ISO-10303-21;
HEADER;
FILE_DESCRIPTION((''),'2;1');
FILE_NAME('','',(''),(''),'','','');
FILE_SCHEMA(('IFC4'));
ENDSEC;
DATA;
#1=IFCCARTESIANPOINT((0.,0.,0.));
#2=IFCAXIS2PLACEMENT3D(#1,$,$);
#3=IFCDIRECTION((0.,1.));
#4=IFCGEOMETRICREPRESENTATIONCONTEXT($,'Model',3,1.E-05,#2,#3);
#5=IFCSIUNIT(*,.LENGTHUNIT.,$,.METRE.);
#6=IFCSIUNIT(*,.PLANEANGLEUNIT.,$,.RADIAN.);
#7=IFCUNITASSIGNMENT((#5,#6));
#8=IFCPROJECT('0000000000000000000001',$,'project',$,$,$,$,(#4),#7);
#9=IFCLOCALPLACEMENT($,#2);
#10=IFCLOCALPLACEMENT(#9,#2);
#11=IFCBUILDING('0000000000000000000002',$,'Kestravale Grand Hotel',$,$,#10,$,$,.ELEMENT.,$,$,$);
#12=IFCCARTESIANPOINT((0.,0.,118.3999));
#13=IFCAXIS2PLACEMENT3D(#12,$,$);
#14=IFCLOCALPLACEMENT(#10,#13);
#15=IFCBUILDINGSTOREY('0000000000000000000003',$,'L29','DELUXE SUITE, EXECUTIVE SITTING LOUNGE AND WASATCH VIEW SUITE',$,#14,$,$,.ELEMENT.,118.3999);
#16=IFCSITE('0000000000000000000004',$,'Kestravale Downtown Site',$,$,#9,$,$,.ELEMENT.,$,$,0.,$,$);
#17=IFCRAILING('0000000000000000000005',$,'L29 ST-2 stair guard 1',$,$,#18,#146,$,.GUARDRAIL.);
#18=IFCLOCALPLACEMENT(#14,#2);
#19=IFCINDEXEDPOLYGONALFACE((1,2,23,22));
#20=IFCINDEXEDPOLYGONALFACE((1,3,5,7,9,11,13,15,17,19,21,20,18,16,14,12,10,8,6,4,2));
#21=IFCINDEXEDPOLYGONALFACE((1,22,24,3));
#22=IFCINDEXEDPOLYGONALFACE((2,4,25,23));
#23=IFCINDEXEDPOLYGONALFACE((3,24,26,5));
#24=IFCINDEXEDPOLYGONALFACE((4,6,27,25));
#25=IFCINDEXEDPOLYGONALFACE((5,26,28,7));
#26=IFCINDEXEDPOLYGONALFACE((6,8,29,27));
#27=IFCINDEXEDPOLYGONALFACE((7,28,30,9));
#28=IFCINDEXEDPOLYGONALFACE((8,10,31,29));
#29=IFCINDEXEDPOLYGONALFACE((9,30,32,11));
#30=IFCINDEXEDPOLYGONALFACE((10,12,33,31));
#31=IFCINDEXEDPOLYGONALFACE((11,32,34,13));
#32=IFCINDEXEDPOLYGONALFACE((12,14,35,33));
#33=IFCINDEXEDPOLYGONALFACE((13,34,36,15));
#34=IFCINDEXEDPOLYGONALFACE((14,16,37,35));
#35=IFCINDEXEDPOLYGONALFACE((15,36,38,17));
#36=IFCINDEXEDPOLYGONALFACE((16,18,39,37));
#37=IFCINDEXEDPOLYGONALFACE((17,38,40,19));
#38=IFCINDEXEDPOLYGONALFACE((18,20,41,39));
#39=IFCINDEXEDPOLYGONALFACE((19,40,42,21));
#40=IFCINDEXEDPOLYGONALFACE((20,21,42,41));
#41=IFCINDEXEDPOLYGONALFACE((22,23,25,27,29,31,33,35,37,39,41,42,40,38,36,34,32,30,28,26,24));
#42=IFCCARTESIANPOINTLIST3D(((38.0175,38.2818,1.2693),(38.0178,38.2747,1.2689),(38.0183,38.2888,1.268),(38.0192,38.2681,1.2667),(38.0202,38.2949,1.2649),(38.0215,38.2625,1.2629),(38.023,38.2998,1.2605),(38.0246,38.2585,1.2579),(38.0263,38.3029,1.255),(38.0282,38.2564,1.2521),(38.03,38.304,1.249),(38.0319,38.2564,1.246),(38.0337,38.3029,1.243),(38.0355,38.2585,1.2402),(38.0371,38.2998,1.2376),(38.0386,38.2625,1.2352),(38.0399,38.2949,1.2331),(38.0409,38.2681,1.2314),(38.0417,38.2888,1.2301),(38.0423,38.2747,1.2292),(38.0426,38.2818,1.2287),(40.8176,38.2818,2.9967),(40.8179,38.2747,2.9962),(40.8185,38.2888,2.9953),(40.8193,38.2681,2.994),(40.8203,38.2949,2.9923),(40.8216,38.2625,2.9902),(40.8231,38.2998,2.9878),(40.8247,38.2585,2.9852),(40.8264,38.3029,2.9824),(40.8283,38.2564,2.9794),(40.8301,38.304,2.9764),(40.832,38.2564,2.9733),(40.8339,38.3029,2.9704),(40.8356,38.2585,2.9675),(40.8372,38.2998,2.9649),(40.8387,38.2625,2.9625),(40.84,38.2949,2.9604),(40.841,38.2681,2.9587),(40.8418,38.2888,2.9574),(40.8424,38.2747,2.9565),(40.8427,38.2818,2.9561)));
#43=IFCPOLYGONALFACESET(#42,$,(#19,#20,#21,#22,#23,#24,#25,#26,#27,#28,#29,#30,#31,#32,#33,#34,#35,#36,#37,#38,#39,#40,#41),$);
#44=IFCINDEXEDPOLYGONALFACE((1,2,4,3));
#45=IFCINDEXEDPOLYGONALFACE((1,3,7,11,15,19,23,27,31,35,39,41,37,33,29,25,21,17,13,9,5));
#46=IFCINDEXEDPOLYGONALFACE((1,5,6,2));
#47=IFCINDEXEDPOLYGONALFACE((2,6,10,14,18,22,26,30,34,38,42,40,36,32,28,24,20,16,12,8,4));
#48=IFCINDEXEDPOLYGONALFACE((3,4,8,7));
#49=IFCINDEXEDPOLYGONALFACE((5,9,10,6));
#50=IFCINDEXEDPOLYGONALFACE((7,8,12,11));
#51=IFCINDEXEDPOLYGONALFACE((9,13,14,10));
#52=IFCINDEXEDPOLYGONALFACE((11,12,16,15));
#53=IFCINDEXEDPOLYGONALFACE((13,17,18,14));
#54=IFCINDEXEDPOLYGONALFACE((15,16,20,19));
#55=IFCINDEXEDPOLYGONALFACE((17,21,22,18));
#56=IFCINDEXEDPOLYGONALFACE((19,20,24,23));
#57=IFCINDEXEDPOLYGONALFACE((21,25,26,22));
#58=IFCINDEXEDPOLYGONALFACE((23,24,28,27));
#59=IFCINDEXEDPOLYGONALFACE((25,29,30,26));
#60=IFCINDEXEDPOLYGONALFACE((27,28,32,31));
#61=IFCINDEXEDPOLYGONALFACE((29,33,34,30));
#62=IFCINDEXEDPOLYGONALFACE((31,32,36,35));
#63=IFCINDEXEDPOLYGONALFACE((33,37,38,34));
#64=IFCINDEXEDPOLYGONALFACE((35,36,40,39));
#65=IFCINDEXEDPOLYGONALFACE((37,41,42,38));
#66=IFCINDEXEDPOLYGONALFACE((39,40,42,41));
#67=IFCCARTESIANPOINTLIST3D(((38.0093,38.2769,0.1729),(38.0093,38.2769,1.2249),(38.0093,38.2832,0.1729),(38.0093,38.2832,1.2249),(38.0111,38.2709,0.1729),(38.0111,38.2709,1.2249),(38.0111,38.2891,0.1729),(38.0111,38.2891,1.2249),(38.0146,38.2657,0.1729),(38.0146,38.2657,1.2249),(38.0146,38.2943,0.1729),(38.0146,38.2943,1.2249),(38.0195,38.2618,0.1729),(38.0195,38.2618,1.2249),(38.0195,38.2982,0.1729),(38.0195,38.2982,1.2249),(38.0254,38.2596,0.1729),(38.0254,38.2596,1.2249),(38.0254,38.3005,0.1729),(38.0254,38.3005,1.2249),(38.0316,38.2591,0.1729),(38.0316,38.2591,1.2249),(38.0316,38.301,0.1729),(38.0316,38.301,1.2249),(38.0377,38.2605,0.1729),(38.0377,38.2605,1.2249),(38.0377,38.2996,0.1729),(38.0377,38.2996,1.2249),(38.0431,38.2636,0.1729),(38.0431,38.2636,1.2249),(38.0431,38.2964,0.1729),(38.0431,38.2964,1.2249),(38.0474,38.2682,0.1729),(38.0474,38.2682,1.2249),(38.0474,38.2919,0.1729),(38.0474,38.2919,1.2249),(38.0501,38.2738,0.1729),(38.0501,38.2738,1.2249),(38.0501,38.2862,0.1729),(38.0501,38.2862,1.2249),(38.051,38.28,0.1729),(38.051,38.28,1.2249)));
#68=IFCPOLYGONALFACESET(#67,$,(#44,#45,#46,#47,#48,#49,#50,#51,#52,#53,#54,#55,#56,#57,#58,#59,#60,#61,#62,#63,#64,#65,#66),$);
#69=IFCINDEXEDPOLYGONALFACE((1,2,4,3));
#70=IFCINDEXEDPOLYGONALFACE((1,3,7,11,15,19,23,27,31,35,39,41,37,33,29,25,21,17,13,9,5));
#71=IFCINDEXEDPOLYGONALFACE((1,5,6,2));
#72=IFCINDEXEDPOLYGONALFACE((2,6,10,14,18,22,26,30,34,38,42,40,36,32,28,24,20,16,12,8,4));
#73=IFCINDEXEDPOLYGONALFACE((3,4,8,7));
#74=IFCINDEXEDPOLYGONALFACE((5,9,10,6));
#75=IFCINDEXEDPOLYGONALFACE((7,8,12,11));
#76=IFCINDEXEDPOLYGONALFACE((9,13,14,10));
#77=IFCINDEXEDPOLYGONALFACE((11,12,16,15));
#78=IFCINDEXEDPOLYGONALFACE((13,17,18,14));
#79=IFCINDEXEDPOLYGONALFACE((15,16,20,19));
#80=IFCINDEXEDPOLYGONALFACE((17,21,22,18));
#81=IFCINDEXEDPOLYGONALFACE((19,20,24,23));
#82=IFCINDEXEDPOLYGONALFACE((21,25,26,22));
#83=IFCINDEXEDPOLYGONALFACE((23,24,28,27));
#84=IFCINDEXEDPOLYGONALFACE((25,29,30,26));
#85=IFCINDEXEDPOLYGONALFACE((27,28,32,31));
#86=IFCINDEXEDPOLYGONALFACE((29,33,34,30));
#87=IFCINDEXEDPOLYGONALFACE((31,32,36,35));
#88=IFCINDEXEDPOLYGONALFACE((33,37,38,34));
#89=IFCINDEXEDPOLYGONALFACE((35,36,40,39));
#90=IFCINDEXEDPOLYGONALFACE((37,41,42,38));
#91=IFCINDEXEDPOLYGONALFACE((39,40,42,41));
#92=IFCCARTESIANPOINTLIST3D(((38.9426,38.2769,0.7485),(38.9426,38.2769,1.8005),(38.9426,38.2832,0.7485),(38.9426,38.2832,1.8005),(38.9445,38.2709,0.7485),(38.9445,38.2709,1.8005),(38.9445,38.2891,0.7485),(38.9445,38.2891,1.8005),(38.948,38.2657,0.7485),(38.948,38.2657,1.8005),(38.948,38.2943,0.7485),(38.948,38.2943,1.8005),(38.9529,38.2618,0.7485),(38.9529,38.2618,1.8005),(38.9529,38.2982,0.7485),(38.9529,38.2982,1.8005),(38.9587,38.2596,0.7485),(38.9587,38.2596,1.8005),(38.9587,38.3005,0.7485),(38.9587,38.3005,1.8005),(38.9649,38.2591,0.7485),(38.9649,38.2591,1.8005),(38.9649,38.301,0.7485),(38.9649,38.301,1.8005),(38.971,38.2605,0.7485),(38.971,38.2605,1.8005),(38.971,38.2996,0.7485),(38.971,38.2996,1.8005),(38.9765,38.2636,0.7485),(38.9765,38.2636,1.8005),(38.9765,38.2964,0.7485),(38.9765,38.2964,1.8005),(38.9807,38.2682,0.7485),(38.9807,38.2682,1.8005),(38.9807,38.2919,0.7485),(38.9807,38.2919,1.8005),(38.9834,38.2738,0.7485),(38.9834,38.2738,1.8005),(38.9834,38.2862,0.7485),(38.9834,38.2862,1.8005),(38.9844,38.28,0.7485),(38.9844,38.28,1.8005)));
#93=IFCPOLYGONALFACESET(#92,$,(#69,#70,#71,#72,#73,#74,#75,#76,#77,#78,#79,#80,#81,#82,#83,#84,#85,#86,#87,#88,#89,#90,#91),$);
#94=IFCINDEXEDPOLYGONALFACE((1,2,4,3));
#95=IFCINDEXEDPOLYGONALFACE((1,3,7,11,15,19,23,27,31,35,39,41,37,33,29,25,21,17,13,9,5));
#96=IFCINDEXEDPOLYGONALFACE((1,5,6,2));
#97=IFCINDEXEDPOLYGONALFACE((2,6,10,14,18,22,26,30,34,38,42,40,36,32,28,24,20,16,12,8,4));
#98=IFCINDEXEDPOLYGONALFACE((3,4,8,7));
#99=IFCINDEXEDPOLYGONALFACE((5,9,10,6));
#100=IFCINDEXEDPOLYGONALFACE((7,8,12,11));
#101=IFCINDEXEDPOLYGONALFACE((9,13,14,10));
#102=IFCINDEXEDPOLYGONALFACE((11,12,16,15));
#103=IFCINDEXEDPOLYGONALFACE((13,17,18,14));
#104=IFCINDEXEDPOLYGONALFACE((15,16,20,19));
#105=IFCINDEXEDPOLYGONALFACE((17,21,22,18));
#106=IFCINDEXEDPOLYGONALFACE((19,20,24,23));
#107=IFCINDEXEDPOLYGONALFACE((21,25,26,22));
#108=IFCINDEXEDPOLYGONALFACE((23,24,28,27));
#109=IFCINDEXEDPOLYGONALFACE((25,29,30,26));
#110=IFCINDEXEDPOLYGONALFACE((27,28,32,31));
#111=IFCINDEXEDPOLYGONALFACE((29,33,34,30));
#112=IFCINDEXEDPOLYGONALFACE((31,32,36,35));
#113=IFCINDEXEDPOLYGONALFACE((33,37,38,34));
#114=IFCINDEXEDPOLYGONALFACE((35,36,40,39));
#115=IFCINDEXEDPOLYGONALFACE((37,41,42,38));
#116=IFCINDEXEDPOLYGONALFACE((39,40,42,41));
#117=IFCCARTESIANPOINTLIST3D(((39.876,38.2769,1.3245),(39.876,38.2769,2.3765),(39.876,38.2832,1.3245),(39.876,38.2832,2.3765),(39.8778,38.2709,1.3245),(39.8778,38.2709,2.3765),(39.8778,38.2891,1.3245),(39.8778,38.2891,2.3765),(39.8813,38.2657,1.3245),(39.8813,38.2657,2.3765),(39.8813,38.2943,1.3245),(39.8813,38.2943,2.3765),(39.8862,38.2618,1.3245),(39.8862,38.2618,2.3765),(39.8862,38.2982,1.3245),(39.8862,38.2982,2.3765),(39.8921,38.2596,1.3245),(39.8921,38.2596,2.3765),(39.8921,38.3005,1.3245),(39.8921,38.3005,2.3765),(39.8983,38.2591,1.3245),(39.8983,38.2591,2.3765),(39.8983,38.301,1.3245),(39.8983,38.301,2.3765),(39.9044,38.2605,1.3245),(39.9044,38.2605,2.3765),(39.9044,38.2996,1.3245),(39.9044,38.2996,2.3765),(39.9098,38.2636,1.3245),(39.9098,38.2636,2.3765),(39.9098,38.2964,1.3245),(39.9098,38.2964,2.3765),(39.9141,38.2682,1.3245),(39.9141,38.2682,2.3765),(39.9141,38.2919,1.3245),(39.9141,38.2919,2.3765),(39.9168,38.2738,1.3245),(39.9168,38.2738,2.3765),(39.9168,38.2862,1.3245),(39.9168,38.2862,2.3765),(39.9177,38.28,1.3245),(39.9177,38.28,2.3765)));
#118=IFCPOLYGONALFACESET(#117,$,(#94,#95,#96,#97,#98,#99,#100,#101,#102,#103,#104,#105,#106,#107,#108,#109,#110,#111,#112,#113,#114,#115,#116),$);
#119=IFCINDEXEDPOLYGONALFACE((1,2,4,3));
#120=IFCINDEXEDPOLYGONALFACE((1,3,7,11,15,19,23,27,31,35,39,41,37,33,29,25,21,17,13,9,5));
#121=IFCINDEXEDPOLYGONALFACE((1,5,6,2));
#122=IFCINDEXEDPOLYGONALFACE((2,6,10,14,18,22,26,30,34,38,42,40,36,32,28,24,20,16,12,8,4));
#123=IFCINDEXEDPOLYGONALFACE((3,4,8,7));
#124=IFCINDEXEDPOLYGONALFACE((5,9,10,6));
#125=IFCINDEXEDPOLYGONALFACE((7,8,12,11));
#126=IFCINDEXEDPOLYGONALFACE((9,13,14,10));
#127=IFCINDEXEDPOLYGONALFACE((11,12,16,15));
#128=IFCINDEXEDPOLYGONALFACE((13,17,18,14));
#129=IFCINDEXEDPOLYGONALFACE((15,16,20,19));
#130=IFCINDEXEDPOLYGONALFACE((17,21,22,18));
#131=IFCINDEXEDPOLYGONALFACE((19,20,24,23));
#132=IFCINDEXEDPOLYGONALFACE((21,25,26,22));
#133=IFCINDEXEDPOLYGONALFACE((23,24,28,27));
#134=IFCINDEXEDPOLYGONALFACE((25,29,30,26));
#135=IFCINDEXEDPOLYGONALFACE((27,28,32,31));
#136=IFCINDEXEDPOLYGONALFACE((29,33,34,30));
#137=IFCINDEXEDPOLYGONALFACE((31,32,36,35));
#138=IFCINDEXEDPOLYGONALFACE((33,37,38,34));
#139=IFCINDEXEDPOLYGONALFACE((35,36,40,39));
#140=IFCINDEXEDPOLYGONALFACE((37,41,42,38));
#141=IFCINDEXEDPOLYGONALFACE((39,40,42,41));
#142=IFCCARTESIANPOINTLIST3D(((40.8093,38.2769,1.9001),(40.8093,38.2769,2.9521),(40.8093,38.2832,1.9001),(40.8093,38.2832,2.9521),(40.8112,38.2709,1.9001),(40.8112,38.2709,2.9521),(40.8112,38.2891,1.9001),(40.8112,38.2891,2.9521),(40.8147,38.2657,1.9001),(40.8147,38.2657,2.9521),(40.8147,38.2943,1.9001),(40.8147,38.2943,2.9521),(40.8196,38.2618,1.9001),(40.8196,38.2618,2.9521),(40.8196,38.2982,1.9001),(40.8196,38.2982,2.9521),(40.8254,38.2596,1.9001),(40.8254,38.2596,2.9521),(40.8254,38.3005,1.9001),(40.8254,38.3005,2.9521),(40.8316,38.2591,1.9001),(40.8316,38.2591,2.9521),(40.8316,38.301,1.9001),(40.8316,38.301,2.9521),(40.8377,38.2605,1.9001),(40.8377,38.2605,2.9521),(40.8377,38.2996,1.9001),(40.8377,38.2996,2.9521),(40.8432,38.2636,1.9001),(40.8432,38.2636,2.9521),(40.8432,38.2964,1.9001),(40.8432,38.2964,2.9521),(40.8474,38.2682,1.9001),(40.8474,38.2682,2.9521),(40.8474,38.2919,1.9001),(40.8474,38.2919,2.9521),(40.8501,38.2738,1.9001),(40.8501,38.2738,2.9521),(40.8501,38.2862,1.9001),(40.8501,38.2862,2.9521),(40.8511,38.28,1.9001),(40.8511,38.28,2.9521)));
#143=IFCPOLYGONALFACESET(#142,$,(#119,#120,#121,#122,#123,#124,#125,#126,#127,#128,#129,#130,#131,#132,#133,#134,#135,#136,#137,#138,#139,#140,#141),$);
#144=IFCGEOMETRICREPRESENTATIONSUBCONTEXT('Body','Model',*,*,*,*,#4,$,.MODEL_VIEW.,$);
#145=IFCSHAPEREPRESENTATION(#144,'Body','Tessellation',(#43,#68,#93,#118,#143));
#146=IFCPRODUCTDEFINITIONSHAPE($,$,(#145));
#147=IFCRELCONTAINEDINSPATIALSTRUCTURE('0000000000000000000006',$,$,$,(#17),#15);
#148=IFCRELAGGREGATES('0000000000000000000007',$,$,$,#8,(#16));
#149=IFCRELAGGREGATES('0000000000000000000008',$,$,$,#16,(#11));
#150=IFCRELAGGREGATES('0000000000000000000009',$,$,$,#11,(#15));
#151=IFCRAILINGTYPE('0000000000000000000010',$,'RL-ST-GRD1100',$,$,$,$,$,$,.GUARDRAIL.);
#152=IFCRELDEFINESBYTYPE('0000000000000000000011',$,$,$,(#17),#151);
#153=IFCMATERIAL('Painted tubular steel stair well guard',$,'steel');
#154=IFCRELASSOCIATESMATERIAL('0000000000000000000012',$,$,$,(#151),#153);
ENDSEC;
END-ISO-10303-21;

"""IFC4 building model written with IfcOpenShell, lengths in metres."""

from ifc_helpers import new_model, si_unit, direction, frame, origin, origin_2d, place, context, subcontext, project, spatial, circle, extrude, material, type_object, element, save


model = new_model("IFC4")

# Units and contexts
model_context = context("Model", 3, precision=1e-05, world=origin(), true_north=direction((0.0, 1.0)))
body_context = subcontext(model_context, "Body", "Model", "MODEL_VIEW")
ifc_project = project(units=[si_unit("LENGTHUNIT", "METRE"), si_unit("PLANEANGLEUNIT", "RADIAN")], contexts=[model_context])

# Site, building, storey
site_placement = place(None, origin())
site = spatial("IfcSite", under=ifc_project, at=site_placement, Name="Kestravale Downtown Site", CompositionType="ELEMENT", RefElevation=0.0)
building_placement = place(site_placement, origin())
building = spatial("IfcBuilding", under=site, at=building_placement, Name="Kestravale Grand Hotel", CompositionType="ELEMENT")
storey_placement = place(building_placement, frame((0.0, 0.0, 118.3999)))
storey = spatial("IfcBuildingStorey", under=building, at=storey_placement, Name="L29", Description="DELUXE SUITE, EXECUTIVE SITTING LOUNGE AND WASATCH VIEW SUITE", CompositionType="ELEMENT", Elevation=118.3999)

# Railing
ifc_material_1 = material(Name="Painted tubular steel stair well guard", Category="steel")
railing_type_1 = type_object("IfcRailingType", Name="RL-ST-GRD1100", PredefinedType="GUARDRAIL", material=ifc_material_1)
railing_1_placement = place(storey_placement, frame((38.03, 38.28, 0.1729)))
element("IfcRailing", 1, at=railing_1_placement, inside=storey, type_object=railing_type_1, Name="L29 ST-2 stair guard 1", PredefinedType="GUARDRAIL", context=body_context, shape_type="SweptSolid", body=[
    extrude(circle(Radius=0.0239, at=origin_2d()), frame((0.0, 0.0, 1.0762), z_axis=(0.85109, 0.0, 0.52502), x_axis=(0.0, 1.0, 0.0)), (0.0, 0.0, 1.0), 3.29),
    extrude(circle(Radius=0.021, at=origin_2d()), origin(), (0.0, 0.0, 1.0), 1.052),
    extrude(circle(Radius=0.021, at=origin_2d()), frame((0.9333, 0.0, 0.5757)), (0.0, 0.0, 1.0), 1.052),
    extrude(circle(Radius=0.021, at=origin_2d()), frame((1.8667, 0.0, 1.1516)), (0.0, 0.0, 1.0), 1.052),
    extrude(circle(Radius=0.021, at=origin_2d()), frame((2.8, 0.0, 1.7273)), (0.0, 0.0, 1.0), 1.052),
])

save(model, "model.ifc")
